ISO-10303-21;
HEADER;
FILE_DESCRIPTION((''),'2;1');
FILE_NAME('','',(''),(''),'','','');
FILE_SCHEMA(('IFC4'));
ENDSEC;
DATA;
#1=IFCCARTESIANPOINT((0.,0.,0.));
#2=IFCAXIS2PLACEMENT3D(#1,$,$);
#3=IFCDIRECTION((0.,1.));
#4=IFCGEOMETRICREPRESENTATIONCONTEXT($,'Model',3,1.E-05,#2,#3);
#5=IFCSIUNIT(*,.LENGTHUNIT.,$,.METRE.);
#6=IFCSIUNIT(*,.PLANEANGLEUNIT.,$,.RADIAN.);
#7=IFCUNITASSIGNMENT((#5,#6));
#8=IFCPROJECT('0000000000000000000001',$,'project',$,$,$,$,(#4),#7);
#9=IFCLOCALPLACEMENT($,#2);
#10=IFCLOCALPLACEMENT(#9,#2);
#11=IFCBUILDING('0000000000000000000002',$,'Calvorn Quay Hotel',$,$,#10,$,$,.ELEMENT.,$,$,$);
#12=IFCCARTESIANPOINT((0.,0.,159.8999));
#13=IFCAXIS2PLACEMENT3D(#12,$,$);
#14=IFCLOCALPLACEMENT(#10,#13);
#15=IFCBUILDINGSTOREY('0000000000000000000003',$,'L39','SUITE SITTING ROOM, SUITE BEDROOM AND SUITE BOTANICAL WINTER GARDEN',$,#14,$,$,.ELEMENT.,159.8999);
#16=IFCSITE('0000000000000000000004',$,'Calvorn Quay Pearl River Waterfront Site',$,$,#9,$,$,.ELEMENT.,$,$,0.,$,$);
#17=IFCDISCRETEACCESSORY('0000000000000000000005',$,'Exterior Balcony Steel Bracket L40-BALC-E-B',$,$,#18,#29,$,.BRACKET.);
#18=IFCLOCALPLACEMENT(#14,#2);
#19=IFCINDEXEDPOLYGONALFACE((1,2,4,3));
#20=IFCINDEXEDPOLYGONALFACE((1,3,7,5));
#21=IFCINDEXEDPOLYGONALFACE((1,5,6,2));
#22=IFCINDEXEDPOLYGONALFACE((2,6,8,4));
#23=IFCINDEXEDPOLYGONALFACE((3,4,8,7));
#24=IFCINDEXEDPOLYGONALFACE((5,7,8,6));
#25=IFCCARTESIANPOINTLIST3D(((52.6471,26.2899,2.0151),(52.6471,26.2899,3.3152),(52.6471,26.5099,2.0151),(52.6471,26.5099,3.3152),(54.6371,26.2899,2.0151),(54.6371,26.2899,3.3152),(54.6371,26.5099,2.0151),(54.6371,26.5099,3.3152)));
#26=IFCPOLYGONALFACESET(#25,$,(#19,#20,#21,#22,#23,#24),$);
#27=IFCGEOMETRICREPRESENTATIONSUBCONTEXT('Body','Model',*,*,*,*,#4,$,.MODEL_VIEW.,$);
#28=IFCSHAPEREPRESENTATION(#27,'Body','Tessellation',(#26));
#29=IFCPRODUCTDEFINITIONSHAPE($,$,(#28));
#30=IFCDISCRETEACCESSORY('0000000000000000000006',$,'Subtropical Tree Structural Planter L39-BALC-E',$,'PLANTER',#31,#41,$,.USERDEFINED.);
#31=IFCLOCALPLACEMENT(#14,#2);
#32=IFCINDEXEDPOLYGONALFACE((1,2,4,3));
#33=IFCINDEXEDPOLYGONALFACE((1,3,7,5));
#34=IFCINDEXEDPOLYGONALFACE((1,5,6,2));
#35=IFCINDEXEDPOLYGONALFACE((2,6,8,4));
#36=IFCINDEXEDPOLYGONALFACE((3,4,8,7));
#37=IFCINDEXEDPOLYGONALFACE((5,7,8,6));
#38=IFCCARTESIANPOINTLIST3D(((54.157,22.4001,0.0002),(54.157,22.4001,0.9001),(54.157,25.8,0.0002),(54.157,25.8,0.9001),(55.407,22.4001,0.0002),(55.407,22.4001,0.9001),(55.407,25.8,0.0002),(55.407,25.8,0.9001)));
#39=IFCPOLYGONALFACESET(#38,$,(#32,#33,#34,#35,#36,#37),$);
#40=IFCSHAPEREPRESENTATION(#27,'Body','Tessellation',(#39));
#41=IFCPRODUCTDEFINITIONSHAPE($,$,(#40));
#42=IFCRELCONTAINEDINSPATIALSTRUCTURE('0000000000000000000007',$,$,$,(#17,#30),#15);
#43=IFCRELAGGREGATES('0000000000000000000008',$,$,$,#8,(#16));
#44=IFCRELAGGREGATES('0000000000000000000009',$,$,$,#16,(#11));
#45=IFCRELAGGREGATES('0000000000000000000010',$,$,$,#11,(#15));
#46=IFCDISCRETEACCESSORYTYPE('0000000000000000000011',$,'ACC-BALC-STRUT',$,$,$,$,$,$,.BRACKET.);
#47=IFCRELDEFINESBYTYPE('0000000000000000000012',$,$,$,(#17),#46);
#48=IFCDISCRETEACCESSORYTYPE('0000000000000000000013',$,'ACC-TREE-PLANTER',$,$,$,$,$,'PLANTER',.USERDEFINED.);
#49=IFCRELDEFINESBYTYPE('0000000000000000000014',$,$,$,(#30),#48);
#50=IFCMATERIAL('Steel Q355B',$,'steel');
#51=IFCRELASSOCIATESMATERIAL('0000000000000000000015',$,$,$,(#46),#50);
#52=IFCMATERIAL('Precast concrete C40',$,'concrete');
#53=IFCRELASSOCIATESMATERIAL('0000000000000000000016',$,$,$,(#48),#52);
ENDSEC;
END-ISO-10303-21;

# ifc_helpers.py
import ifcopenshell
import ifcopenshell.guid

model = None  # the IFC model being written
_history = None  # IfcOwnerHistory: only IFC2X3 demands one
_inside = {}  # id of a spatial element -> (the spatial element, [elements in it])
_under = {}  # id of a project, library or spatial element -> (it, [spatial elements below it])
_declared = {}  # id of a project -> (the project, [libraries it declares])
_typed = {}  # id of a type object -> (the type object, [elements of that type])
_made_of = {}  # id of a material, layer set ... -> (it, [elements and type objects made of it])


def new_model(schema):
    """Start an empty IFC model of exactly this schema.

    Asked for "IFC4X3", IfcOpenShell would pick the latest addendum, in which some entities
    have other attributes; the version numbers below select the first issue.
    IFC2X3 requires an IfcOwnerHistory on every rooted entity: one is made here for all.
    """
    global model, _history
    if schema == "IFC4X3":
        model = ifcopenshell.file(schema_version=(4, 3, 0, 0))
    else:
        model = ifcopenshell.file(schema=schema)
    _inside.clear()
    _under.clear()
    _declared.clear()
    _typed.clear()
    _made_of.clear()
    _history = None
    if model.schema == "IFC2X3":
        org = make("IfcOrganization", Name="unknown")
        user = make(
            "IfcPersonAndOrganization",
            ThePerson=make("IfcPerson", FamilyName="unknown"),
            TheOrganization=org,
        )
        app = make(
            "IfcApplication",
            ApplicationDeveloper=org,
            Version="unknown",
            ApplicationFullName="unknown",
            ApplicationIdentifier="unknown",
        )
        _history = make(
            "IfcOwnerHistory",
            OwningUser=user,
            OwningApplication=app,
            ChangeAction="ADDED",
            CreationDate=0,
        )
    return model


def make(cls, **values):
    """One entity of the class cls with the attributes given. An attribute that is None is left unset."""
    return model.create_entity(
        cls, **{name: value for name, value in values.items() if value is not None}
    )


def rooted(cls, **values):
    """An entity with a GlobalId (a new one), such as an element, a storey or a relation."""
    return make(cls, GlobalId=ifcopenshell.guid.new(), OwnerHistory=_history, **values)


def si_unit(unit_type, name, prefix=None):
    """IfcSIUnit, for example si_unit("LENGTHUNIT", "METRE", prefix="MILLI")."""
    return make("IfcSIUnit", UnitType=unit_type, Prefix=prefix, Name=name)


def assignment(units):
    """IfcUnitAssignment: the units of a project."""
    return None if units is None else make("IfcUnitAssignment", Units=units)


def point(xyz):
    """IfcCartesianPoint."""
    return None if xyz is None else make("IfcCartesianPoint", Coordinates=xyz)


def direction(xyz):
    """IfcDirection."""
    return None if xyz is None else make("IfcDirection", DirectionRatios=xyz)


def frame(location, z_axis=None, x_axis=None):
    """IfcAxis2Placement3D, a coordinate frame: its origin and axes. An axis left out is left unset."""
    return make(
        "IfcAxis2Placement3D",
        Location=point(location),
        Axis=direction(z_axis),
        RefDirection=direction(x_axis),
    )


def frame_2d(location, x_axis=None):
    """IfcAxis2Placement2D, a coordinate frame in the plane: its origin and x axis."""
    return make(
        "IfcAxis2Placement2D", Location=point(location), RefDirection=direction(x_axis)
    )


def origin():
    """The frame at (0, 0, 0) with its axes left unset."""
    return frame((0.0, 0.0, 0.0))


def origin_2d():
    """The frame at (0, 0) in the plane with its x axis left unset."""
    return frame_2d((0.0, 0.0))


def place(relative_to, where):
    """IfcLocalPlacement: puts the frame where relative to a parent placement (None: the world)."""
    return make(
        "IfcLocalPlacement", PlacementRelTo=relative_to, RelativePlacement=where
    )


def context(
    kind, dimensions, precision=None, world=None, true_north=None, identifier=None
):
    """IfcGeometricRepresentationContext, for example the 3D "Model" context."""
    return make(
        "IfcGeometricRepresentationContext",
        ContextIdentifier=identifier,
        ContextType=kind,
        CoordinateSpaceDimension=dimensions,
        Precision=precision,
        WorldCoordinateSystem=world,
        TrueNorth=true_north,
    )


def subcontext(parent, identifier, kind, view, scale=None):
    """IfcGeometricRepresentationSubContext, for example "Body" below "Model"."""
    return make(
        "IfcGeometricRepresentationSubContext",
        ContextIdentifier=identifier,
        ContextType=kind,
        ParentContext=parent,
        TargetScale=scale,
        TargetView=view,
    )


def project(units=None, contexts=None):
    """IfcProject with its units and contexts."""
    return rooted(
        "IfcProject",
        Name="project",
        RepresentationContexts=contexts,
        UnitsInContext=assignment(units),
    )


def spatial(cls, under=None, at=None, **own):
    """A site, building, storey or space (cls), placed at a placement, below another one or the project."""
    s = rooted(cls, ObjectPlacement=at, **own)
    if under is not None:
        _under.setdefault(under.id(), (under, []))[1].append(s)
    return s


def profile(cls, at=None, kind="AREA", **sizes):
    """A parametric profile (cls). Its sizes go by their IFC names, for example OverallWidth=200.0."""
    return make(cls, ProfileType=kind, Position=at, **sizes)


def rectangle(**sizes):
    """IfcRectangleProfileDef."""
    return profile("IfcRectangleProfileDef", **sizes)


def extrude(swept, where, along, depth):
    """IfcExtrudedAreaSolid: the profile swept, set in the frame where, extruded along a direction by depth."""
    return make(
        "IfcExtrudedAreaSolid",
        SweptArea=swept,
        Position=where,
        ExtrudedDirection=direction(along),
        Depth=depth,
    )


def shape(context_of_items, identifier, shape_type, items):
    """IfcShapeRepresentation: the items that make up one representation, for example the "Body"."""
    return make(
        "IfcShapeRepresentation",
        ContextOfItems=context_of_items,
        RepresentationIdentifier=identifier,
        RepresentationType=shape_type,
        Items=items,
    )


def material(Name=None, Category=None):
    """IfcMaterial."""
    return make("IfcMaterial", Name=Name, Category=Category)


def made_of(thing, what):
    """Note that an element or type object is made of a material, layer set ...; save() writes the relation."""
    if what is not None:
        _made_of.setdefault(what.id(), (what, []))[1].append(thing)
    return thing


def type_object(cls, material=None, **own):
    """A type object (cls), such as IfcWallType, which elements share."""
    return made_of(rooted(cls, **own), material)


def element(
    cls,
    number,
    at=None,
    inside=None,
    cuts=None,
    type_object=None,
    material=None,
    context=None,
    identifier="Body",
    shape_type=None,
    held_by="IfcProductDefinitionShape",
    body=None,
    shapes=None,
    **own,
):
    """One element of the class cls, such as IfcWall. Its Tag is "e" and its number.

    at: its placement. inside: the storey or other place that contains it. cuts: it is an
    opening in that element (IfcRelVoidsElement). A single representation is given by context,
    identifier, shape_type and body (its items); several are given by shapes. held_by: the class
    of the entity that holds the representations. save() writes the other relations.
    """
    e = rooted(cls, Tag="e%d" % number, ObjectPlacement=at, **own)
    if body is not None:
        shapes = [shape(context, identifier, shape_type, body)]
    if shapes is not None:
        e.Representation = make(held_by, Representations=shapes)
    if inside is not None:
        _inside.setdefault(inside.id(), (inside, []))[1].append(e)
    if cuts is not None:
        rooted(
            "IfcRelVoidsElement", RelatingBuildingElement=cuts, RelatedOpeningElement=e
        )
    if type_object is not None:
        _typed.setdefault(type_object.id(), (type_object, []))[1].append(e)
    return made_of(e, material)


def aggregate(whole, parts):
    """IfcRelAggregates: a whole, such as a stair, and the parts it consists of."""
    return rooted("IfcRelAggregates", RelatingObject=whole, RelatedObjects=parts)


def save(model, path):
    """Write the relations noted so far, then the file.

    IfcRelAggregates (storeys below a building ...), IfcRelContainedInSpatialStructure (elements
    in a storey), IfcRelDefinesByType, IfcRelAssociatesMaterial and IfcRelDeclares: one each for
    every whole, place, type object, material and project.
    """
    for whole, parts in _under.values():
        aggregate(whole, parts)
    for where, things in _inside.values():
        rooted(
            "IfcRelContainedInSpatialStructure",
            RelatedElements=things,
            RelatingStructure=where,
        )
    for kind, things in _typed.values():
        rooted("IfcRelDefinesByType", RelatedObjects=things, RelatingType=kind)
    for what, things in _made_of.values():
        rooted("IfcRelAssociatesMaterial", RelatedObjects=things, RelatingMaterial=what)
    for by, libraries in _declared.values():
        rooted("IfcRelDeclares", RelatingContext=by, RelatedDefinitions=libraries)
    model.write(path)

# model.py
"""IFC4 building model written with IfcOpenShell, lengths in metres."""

from ifc_helpers import new_model, si_unit, direction, frame, origin, origin_2d, place, context, subcontext, project, spatial, rectangle, extrude, material, type_object, element, save


model = new_model("IFC4")

# Units and contexts
model_context = context("Model", 3, precision=1e-05, world=origin(), true_north=direction((0.0, 1.0)))
body_context = subcontext(model_context, "Body", "Model", "MODEL_VIEW")
ifc_project = project(units=[si_unit("LENGTHUNIT", "METRE"), si_unit("PLANEANGLEUNIT", "RADIAN")], contexts=[model_context])

# Site, building, storey
site_placement = place(None, origin())
site = spatial("IfcSite", under=ifc_project, at=site_placement, Name="Calvorn Quay Pearl River Waterfront Site", CompositionType="ELEMENT", RefElevation=0.0)
building_placement = place(site_placement, origin())
building = spatial("IfcBuilding", under=site, at=building_placement, Name="Calvorn Quay Hotel", CompositionType="ELEMENT")
storey_placement = place(building_placement, frame((0.0, 0.0, 159.8999)))
storey = spatial("IfcBuildingStorey", under=building, at=storey_placement, Name="L39", Description="SUITE SITTING ROOM, SUITE BEDROOM AND SUITE BOTANICAL WINTER GARDEN", CompositionType="ELEMENT", Elevation=159.8999)

# Discrete accessories
ifc_material_1 = material(Name="Steel Q355B", Category="steel")
discrete_accessory_type_1 = type_object("IfcDiscreteAccessoryType", Name="ACC-BALC-STRUT", PredefinedType="BRACKET", material=ifc_material_1)
for number, where, z_axis, x_axis, name in (
    (1, (53.6421, 26.3999, 2.0151), (0.0, 0.0, 1.0), (1.0, 0.0, 0.0), "Exterior Balcony Steel Bracket L40-BALC-E-B"),
):
    element("IfcDiscreteAccessory", number, at=place(storey_placement, frame(where, z_axis=z_axis, x_axis=x_axis)), inside=storey, type_object=discrete_accessory_type_1, Name=name, PredefinedType="BRACKET", context=body_context, shape_type="SweptSolid", body=[
        extrude(rectangle(XDim=1.99, YDim=0.22, at=origin_2d()), origin(), (0.0, 0.0, 1.0), 1.3),
    ])
ifc_material_2 = material(Name="Precast concrete C40", Category="concrete")
discrete_accessory_type_2 = type_object("IfcDiscreteAccessoryType", Name="ACC-TREE-PLANTER", ElementType="PLANTER", PredefinedType="USERDEFINED", material=ifc_material_2)
discrete_accessory_placement = place(storey_placement, frame((54.782, 24.1001, 0.0002), z_axis=(0.0, 0.0, 1.0), x_axis=(1.0, 0.0, 0.0)))
element("IfcDiscreteAccessory", 2, at=discrete_accessory_placement, inside=storey, type_object=discrete_accessory_type_2, Name="Subtropical Tree Structural Planter L39-BALC-E", ObjectType="PLANTER", PredefinedType="USERDEFINED", context=body_context, shape_type="SweptSolid", body=[
    extrude(rectangle(XDim=1.25, YDim=3.3999, at=origin_2d()), origin(), (0.0, 0.0, 1.0), 0.8999),
])

save(model, "model.ifc")
